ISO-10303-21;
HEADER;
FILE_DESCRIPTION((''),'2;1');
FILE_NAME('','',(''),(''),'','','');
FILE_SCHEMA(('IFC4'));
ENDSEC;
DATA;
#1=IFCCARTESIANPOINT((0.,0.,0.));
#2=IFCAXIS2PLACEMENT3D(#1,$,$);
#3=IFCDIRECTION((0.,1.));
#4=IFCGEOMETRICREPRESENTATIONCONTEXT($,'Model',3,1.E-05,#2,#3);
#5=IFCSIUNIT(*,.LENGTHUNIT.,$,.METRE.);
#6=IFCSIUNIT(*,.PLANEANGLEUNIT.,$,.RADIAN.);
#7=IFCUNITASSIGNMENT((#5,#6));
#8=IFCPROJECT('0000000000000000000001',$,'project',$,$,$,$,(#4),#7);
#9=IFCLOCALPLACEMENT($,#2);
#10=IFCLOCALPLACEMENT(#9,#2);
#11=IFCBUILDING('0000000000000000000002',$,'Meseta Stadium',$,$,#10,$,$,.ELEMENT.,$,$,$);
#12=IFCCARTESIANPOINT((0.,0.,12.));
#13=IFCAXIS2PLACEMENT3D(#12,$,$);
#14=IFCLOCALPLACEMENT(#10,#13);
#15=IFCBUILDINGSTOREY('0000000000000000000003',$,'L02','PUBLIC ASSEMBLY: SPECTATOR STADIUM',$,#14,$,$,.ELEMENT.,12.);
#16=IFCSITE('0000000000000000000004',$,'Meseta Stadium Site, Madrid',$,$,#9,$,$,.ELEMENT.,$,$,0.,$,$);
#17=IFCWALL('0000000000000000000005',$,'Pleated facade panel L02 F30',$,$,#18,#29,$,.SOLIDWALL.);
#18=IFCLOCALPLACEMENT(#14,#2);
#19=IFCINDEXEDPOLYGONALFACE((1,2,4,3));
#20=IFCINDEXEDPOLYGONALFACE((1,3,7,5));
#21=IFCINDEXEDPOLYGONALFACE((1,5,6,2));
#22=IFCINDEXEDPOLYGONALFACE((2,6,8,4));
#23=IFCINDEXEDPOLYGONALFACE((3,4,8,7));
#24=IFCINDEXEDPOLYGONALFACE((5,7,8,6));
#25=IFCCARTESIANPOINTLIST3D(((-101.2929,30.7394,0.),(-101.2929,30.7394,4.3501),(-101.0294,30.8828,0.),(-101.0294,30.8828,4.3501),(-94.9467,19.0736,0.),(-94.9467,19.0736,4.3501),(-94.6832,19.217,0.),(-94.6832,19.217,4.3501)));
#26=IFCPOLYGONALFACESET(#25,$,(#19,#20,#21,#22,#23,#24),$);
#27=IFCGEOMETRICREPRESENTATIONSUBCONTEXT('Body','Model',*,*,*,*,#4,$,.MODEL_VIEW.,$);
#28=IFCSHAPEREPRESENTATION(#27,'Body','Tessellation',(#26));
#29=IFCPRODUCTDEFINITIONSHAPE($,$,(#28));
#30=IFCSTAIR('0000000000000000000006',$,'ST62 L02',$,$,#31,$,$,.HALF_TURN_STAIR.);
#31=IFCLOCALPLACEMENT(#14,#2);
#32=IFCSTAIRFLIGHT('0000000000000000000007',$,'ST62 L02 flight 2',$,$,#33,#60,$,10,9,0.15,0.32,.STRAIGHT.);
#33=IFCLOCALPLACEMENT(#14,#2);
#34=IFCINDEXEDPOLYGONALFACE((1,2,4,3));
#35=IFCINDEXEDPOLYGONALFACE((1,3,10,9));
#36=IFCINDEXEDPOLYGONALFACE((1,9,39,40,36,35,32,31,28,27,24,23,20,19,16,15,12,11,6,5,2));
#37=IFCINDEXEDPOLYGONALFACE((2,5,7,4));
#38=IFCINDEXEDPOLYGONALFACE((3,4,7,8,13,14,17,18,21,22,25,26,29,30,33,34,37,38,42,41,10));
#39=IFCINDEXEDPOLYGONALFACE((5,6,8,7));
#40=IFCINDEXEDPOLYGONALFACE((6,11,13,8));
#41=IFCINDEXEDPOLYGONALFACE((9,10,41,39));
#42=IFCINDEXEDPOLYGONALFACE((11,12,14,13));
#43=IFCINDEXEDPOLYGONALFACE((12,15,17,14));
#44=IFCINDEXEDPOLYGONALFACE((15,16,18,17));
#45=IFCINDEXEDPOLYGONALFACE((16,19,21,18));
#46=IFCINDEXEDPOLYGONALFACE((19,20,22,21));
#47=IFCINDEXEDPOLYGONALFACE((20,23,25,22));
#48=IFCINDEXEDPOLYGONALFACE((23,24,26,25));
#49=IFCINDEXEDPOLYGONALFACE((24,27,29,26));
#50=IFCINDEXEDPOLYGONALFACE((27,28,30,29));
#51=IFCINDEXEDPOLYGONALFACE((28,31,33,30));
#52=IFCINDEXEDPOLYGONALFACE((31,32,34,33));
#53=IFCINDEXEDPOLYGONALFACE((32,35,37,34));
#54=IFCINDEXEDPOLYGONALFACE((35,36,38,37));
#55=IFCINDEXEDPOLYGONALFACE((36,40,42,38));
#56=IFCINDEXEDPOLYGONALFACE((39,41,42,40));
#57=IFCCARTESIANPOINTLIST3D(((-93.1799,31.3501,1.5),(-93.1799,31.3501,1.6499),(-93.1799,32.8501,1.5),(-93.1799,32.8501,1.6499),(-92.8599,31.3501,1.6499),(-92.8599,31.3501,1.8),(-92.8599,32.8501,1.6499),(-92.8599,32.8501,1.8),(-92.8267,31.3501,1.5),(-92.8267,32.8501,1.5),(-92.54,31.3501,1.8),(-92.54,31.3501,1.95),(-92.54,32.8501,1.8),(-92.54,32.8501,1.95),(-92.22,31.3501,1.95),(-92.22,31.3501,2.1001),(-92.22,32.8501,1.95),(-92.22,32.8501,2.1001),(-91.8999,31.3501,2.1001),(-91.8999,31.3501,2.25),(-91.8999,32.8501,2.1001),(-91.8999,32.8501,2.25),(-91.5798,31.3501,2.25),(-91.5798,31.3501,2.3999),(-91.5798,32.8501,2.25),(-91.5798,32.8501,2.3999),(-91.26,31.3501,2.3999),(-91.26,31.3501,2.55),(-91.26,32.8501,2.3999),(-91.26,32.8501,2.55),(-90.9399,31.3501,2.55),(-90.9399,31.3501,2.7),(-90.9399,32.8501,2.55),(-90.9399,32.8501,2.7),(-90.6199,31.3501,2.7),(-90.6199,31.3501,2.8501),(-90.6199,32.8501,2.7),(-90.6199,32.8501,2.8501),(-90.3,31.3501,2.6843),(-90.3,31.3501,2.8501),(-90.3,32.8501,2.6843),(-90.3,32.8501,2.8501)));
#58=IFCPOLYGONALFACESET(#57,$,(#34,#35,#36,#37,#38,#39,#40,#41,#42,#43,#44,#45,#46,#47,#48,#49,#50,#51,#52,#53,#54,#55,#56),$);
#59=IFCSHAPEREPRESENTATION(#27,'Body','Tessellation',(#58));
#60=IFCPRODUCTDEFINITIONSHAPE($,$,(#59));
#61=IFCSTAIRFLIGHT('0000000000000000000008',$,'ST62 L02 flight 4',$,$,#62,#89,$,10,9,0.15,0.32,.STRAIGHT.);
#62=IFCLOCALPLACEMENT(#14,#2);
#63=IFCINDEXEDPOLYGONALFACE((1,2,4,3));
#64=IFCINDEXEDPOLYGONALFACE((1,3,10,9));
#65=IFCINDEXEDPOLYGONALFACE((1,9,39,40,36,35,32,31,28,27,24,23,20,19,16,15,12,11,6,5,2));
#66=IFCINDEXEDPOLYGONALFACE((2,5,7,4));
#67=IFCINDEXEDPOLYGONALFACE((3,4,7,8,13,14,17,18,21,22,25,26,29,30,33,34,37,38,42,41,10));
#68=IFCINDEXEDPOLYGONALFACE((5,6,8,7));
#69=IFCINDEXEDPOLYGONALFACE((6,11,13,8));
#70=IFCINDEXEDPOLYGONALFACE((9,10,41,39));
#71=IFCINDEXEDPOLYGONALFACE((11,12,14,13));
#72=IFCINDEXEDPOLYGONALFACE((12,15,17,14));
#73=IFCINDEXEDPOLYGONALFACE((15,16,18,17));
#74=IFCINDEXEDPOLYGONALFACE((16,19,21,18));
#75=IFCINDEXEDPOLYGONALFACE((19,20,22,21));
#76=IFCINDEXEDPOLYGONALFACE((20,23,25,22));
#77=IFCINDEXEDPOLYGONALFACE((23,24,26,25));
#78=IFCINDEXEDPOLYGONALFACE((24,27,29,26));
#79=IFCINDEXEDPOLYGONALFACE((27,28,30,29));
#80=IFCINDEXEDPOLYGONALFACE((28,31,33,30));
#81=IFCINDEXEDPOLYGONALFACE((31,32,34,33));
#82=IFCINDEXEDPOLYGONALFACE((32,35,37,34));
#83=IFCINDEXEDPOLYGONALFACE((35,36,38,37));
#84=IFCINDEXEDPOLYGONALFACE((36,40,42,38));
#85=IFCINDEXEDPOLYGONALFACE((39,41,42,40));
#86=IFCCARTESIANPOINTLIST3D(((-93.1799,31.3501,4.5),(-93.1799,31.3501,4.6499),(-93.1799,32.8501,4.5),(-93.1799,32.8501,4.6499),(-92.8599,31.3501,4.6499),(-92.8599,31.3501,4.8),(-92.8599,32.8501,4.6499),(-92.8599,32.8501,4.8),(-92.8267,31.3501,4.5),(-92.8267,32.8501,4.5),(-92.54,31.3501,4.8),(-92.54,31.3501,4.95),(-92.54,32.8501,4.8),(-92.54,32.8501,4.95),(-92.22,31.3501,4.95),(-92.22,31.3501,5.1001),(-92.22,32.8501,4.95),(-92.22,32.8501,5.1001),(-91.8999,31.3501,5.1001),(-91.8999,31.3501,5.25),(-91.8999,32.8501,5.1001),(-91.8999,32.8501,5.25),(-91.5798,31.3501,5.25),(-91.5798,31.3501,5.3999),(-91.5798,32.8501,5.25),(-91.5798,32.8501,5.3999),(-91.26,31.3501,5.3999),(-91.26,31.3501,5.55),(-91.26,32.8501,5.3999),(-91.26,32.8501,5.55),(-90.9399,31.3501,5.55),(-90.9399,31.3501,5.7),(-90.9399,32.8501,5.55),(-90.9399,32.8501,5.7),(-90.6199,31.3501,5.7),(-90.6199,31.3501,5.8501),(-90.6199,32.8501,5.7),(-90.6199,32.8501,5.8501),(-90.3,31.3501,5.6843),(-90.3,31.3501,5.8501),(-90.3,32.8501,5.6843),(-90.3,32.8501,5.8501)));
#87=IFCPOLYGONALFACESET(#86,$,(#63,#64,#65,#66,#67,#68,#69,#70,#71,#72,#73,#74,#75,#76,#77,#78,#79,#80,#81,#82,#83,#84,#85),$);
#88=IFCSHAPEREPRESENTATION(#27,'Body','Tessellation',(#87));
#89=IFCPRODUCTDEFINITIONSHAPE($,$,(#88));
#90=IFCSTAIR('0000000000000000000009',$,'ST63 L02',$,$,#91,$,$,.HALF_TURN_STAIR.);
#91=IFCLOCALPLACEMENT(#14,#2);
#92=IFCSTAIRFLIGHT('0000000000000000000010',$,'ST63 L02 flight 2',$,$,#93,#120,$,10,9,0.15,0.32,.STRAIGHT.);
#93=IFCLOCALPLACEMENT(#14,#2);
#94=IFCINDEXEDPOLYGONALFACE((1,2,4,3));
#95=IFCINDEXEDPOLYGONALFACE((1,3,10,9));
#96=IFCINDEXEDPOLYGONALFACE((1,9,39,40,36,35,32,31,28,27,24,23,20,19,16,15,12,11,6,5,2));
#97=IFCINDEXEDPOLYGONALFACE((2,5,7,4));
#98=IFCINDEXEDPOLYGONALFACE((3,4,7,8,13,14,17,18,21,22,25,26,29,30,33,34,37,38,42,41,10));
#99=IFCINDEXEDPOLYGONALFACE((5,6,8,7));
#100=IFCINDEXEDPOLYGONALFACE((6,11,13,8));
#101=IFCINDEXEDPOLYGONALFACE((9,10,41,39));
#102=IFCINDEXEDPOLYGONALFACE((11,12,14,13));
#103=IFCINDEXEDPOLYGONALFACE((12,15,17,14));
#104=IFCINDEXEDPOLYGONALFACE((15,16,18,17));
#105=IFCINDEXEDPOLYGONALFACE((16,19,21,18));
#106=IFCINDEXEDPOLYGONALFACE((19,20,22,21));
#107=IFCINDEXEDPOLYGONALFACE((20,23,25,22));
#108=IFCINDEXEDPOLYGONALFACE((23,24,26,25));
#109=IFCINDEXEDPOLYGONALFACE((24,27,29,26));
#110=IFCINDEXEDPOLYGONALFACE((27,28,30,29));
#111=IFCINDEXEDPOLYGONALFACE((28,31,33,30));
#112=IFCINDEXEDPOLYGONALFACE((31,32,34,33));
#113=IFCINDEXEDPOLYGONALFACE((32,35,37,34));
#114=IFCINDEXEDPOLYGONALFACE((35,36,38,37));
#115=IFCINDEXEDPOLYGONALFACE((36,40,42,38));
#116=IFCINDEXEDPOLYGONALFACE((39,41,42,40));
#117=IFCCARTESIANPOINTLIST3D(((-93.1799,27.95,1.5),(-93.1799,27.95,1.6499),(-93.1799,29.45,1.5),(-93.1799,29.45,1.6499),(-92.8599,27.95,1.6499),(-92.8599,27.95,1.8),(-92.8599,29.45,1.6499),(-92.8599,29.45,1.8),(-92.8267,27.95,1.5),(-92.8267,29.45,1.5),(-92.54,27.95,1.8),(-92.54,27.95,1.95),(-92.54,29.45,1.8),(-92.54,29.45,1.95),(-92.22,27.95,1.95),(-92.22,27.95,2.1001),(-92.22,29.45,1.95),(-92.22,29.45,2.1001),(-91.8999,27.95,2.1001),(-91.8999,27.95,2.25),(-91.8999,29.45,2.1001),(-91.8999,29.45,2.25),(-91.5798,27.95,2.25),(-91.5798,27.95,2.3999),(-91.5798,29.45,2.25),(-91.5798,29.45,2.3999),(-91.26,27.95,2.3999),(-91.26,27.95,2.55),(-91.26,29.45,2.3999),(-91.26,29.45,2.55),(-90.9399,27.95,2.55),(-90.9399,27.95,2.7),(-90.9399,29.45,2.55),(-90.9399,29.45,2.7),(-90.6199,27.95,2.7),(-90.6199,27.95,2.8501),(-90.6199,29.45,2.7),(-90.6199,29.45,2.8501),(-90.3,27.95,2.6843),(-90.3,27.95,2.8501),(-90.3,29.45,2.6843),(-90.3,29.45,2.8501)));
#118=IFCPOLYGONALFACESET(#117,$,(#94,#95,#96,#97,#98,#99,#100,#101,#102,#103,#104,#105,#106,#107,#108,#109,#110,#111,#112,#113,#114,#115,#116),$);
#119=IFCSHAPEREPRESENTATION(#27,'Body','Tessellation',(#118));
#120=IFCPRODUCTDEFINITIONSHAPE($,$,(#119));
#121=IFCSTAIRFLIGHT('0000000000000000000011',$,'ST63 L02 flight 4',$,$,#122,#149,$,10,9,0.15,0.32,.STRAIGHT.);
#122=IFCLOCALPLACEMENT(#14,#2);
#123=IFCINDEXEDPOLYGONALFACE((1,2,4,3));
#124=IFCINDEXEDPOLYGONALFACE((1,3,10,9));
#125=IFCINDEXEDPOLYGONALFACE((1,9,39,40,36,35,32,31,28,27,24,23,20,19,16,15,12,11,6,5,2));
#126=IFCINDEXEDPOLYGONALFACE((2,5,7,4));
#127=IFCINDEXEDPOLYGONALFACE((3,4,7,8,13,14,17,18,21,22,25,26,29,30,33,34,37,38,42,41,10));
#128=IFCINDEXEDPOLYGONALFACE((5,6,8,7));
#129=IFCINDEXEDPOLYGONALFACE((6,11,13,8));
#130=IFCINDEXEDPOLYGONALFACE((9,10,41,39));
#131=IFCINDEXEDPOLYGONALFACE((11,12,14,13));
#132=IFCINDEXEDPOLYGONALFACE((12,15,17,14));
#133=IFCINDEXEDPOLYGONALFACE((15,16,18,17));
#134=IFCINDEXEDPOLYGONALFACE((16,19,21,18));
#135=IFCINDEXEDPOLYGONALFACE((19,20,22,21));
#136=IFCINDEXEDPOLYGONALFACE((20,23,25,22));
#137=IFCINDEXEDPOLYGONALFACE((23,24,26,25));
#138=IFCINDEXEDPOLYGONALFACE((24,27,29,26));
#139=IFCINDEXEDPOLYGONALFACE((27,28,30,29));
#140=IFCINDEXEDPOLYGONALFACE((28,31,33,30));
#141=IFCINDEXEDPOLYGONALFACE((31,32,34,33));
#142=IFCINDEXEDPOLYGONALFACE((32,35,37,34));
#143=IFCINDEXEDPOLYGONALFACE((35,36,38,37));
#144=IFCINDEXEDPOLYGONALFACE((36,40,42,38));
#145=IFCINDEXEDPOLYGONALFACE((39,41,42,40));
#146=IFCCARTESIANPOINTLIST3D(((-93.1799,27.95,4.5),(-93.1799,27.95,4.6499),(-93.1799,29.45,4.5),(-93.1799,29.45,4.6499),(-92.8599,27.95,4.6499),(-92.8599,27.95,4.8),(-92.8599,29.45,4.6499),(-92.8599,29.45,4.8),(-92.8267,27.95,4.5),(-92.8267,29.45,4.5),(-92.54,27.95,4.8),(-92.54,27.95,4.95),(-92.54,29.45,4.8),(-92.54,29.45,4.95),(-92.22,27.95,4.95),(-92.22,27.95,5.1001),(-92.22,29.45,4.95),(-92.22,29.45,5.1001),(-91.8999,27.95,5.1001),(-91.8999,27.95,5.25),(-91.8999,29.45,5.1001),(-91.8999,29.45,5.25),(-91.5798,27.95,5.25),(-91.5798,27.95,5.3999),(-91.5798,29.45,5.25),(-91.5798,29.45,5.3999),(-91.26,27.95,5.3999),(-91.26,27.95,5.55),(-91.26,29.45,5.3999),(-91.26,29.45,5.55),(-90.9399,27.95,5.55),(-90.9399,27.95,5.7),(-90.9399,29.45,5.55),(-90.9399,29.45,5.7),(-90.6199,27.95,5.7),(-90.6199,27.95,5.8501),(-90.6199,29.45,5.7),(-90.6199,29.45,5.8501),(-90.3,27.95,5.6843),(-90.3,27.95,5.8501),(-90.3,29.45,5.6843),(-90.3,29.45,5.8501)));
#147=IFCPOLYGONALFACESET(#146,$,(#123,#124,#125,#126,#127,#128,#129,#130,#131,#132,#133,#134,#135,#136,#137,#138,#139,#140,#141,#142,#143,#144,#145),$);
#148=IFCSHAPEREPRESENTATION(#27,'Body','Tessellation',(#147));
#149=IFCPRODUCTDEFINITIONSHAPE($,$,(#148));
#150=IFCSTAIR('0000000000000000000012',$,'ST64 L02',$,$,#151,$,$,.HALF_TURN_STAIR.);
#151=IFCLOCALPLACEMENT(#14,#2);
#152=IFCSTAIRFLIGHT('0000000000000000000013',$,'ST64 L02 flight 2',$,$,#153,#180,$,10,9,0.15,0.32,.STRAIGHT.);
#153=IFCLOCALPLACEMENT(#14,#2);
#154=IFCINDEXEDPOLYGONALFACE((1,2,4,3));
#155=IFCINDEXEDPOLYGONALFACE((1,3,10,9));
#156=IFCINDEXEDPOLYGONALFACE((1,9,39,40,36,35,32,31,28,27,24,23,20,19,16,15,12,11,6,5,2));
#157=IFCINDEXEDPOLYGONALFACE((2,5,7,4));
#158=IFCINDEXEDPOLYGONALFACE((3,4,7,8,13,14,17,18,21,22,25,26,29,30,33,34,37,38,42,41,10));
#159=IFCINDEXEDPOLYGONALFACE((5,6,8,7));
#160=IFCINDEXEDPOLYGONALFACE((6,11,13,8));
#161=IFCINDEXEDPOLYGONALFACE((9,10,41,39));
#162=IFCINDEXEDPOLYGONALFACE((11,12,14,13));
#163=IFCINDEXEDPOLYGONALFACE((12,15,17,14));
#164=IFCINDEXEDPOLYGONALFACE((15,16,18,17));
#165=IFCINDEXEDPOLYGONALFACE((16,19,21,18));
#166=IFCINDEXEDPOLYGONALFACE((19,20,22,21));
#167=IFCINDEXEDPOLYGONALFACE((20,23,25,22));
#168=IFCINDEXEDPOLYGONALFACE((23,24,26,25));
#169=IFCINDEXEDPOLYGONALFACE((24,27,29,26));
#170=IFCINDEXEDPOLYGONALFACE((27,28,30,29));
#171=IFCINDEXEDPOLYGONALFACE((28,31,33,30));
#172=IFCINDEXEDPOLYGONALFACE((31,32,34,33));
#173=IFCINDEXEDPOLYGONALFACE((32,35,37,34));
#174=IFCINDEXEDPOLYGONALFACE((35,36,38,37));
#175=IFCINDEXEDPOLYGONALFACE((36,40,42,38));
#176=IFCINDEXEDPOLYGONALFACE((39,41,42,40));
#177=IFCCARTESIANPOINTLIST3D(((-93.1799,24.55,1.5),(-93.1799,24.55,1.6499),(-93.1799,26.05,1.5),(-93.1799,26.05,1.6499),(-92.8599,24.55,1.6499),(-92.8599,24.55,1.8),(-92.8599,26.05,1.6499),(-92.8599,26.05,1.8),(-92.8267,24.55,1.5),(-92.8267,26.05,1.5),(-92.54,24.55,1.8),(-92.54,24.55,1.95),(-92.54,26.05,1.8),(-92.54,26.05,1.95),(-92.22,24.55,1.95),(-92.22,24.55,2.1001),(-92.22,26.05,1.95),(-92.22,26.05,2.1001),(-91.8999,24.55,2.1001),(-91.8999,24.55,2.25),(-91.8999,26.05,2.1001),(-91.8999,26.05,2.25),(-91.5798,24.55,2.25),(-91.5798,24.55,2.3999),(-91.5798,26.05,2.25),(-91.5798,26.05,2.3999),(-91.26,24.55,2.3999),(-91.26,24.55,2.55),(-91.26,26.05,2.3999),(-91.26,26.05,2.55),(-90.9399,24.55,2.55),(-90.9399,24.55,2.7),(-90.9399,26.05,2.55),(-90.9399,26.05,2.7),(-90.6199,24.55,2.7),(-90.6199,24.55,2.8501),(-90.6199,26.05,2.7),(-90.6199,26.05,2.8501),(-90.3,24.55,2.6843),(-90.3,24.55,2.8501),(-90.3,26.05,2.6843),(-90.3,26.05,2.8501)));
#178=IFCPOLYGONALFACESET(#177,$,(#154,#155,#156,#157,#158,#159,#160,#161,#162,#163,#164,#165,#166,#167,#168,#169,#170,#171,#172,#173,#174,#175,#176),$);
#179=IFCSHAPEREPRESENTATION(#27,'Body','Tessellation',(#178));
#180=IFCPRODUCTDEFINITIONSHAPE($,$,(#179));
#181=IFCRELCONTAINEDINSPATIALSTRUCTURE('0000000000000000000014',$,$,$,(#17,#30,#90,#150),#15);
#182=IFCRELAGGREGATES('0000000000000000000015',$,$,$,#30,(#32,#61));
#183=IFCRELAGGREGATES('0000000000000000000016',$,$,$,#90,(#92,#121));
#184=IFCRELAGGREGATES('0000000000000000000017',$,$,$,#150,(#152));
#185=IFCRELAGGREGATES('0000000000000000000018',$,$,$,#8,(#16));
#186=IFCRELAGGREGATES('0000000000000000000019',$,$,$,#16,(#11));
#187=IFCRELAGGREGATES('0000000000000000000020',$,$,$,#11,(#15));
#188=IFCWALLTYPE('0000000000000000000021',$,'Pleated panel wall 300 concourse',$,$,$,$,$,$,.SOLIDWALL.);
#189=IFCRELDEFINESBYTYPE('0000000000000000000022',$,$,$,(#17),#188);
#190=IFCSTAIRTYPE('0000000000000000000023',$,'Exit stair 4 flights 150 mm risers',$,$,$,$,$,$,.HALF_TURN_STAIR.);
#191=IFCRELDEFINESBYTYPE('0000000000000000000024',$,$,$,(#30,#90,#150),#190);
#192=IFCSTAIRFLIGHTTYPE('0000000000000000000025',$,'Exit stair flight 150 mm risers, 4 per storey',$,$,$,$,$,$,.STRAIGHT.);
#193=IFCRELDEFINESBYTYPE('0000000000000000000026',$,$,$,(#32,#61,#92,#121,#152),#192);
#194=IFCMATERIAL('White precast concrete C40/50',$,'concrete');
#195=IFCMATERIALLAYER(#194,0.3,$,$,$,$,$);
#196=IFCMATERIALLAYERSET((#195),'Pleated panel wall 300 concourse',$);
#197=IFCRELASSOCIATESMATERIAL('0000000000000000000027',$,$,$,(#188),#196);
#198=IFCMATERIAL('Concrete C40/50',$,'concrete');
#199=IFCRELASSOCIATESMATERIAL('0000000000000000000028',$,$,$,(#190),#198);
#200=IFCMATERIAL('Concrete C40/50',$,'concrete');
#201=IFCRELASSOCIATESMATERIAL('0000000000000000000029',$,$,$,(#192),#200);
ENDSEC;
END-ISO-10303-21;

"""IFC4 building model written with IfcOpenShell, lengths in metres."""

from ifc_helpers import new_model, si_unit, direction, frame, frame_2d, origin, place, context, subcontext, project, spatial, polyline, rectangle, outline, extrude, material, layer, layer_set, type_object, element, aggregate, save


model = new_model("IFC4")

# Units and contexts
model_context = context("Model", 3, precision=1e-05, world=origin(), true_north=direction((0.0, 1.0)))
body_context = subcontext(model_context, "Body", "Model", "MODEL_VIEW")
ifc_project = project(units=[si_unit("LENGTHUNIT", "METRE"), si_unit("PLANEANGLEUNIT", "RADIAN")], contexts=[model_context])

# Site, building, storey
site_placement = place(None, origin())
site = spatial("IfcSite", under=ifc_project, at=site_placement, Name="Meseta Stadium Site, Madrid", CompositionType="ELEMENT", RefElevation=0.0)
building_placement = place(site_placement, origin())
building = spatial("IfcBuilding", under=site, at=building_placement, Name="Meseta Stadium", CompositionType="ELEMENT")
storey_placement = place(building_placement, frame((0.0, 0.0, 12.0)))
storey = spatial("IfcBuildingStorey", under=building, at=storey_placement, Name="L02", Description="PUBLIC ASSEMBLY: SPECTATOR STADIUM", CompositionType="ELEMENT", Elevation=12.0)

# Wall
ifc_material_1 = material(Name="White precast concrete C40/50", Category="concrete")
ifc_layer_1 = layer(ifc_material_1, 0.3)
ifc_layer_set_1 = layer_set([ifc_layer_1], Name="Pleated panel wall 300 concourse")
wall_type_1 = type_object("IfcWallType", Name="Pleated panel wall 300 concourse", PredefinedType="SOLIDWALL", material=ifc_layer_set_1)
wall_1_placement = place(storey_placement, frame((-94.8149, 19.1453, 0.0), z_axis=(0.0, 0.0, 1.0), x_axis=(-0.477868, 0.878432, 0.0)))
element("IfcWall", 1, at=wall_1_placement, inside=storey, type_object=wall_type_1, Name="Pleated facade panel L02 F30", PredefinedType="SOLIDWALL", context=body_context, shape_type="SweptSolid", body=[
    extrude(rectangle(XDim=13.2803, YDim=0.3, at=frame_2d((6.6401, 0.0))), origin(), (0.0, 0.0, 1.0), 4.3501),
])

# Stairs, stair flights
ifc_material_2 = material(Name="Concrete C40/50", Category="concrete")
stair_type = type_object("IfcStairType", Name="Exit stair 4 flights 150 mm risers", PredefinedType="HALF_TURN_STAIR", material=ifc_material_2)
stair_1_placement = place(storey_placement, origin())
stair_1 = element("IfcStair", 2, at=stair_1_placement, inside=storey, type_object=stair_type, Name="ST62 L02", PredefinedType="HALF_TURN_STAIR")
ifc_material_3 = material(Name="Concrete C40/50", Category="concrete")
stair_flight_type = type_object("IfcStairFlightType", Name="Exit stair flight 150 mm risers, 4 per storey", PredefinedType="STRAIGHT", material=ifc_material_3)
stair_flight_1_placement = place(storey_placement, frame((-93.1799, 32.1001, 1.5), z_axis=(0.0, 0.0, 1.0), x_axis=(1.0, 0.0, 0.0)))
stair_flight_1 = element("IfcStairFlight", 3, at=stair_flight_1_placement, type_object=stair_flight_type, Name="ST62 L02 flight 2", NumberOfRisers=10, NumberOfTreads=9, PredefinedType="STRAIGHT", RiserHeight=0.15, TreadLength=0.32, context=body_context, shape_type="SweptSolid", body=[
    extrude(outline(polyline([(0.0, 0.0), (0.0, 0.1499), (0.3201, 0.1499), (0.3201, 0.3), (0.6399, 0.3), (0.6399, 0.45), (0.96, 0.45), (0.96, 0.6001), (1.28, 0.6001), (1.28, 0.75), (1.6001, 0.75), (1.6001, 0.8999), (1.9199, 0.8999), (1.9199, 1.05), (2.24, 1.05), (2.24, 1.2), (2.5601, 1.2), (2.5601, 1.3501), (2.8799, 1.3501), (2.8799, 1.1843), (0.3533, 0.0), (0.0, 0.0)])), frame((0.0, 0.75, 0.0), z_axis=(0.0, -1.0, 0.0), x_axis=(1.0, 0.0, 0.0)), (0.0, 0.0, 1.0), 1.5),
])
stair_flight_2_placement = place(storey_placement, frame((-93.1799, 32.1001, 4.5), z_axis=(0.0, 0.0, 1.0), x_axis=(1.0, 0.0, 0.0)))
stair_flight_2 = element("IfcStairFlight", 4, at=stair_flight_2_placement, type_object=stair_flight_type, Name="ST62 L02 flight 4", NumberOfRisers=10, NumberOfTreads=9, PredefinedType="STRAIGHT", RiserHeight=0.15, TreadLength=0.32, context=body_context, shape_type="SweptSolid", body=[
    extrude(outline(polyline([(0.0, 0.0), (0.0, 0.1499), (0.3201, 0.1499), (0.3201, 0.3), (0.6399, 0.3), (0.6399, 0.45), (0.96, 0.45), (0.96, 0.6001), (1.28, 0.6001), (1.28, 0.75), (1.6001, 0.75), (1.6001, 0.8999), (1.9199, 0.8999), (1.9199, 1.05), (2.24, 1.05), (2.24, 1.2), (2.5601, 1.2), (2.5601, 1.3501), (2.8799, 1.3501), (2.8799, 1.1843), (0.3533, 0.0), (0.0, 0.0)])), frame((0.0, 0.75, 0.0), z_axis=(0.0, -1.0, 0.0), x_axis=(1.0, 0.0, 0.0)), (0.0, 0.0, 1.0), 1.5),
])
aggregate(stair_1, [stair_flight_1, stair_flight_2])
stair_2_placement = place(storey_placement, origin())
stair_2 = element("IfcStair", 5, at=stair_2_placement, inside=storey, type_object=stair_type, Name="ST63 L02", PredefinedType="HALF_TURN_STAIR")
stair_flight_3_placement = place(storey_placement, frame((-93.1799, 28.7, 1.5), z_axis=(0.0, 0.0, 1.0), x_axis=(1.0, 0.0, 0.0)))
stair_flight_3 = element("IfcStairFlight", 6, at=stair_flight_3_placement, type_object=stair_flight_type, Name="ST63 L02 flight 2", NumberOfRisers=10, NumberOfTreads=9, PredefinedType="STRAIGHT", RiserHeight=0.15, TreadLength=0.32, context=body_context, shape_type="SweptSolid", body=[
    extrude(outline(polyline([(0.0, 0.0), (0.0, 0.1499), (0.3201, 0.1499), (0.3201, 0.3), (0.6399, 0.3), (0.6399, 0.45), (0.96, 0.45), (0.96, 0.6001), (1.28, 0.6001), (1.28, 0.75), (1.6001, 0.75), (1.6001, 0.8999), (1.9199, 0.8999), (1.9199, 1.05), (2.24, 1.05), (2.24, 1.2), (2.5601, 1.2), (2.5601, 1.3501), (2.8799, 1.3501), (2.8799, 1.1843), (0.3533, 0.0), (0.0, 0.0)])), frame((0.0, 0.75, 0.0), z_axis=(0.0, -1.0, 0.0), x_axis=(1.0, 0.0, 0.0)), (0.0, 0.0, 1.0), 1.5),
])
stair_flight_4_placement = place(storey_placement, frame((-93.1799, 28.7, 4.5), z_axis=(0.0, 0.0, 1.0), x_axis=(1.0, 0.0, 0.0)))
stair_flight_4 = element("IfcStairFlight", 7, at=stair_flight_4_placement, type_object=stair_flight_type, Name="ST63 L02 flight 4", NumberOfRisers=10, NumberOfTreads=9, PredefinedType="STRAIGHT", RiserHeight=0.15, TreadLength=0.32, context=body_context, shape_type="SweptSolid", body=[
    extrude(outline(polyline([(0.0, 0.0), (0.0, 0.1499), (0.3201, 0.1499), (0.3201, 0.3), (0.6399, 0.3), (0.6399, 0.45), (0.96, 0.45), (0.96, 0.6001), (1.28, 0.6001), (1.28, 0.75), (1.6001, 0.75), (1.6001, 0.8999), (1.9199, 0.8999), (1.9199, 1.05), (2.24, 1.05), (2.24, 1.2), (2.5601, 1.2), (2.5601, 1.3501), (2.8799, 1.3501), (2.8799, 1.1843), (0.3533, 0.0), (0.0, 0.0)])), frame((0.0, 0.75, 0.0), z_axis=(0.0, -1.0, 0.0), x_axis=(1.0, 0.0, 0.0)), (0.0, 0.0, 1.0), 1.5),
])
aggregate(stair_2, [stair_flight_3, stair_flight_4])
stair_3_placement = place(storey_placement, origin())
stair_3 = element("IfcStair", 8, at=stair_3_placement, inside=storey, type_object=stair_type, Name="ST64 L02", PredefinedType="HALF_TURN_STAIR")
stair_flight_5_placement = place(storey_placement, frame((-93.1799, 25.3, 1.5), z_axis=(0.0, 0.0, 1.0), x_axis=(1.0, 0.0, 0.0)))
stair_flight_5 = element("IfcStairFlight", 9, at=stair_flight_5_placement, type_object=stair_flight_type, Name="ST64 L02 flight 2", NumberOfRisers=10, NumberOfTreads=9, PredefinedType="STRAIGHT", RiserHeight=0.15, TreadLength=0.32, context=body_context, shape_type="SweptSolid", body=[
    extrude(outline(polyline([(0.0, 0.0), (0.0, 0.1499), (0.3201, 0.1499), (0.3201, 0.3), (0.6399, 0.3), (0.6399, 0.45), (0.96, 0.45), (0.96, 0.6001), (1.28, 0.6001), (1.28, 0.75), (1.6001, 0.75), (1.6001, 0.8999), (1.9199, 0.8999), (1.9199, 1.05), (2.24, 1.05), (2.24, 1.2), (2.5601, 1.2), (2.5601, 1.3501), (2.8799, 1.3501), (2.8799, 1.1843), (0.3533, 0.0), (0.0, 0.0)])), frame((0.0, 0.75, 0.0), z_axis=(0.0, -1.0, 0.0), x_axis=(1.0, 0.0, 0.0)), (0.0, 0.0, 1.0), 1.5),
])
aggregate(stair_3, [stair_flight_5])

save(model, "model.ifc")
